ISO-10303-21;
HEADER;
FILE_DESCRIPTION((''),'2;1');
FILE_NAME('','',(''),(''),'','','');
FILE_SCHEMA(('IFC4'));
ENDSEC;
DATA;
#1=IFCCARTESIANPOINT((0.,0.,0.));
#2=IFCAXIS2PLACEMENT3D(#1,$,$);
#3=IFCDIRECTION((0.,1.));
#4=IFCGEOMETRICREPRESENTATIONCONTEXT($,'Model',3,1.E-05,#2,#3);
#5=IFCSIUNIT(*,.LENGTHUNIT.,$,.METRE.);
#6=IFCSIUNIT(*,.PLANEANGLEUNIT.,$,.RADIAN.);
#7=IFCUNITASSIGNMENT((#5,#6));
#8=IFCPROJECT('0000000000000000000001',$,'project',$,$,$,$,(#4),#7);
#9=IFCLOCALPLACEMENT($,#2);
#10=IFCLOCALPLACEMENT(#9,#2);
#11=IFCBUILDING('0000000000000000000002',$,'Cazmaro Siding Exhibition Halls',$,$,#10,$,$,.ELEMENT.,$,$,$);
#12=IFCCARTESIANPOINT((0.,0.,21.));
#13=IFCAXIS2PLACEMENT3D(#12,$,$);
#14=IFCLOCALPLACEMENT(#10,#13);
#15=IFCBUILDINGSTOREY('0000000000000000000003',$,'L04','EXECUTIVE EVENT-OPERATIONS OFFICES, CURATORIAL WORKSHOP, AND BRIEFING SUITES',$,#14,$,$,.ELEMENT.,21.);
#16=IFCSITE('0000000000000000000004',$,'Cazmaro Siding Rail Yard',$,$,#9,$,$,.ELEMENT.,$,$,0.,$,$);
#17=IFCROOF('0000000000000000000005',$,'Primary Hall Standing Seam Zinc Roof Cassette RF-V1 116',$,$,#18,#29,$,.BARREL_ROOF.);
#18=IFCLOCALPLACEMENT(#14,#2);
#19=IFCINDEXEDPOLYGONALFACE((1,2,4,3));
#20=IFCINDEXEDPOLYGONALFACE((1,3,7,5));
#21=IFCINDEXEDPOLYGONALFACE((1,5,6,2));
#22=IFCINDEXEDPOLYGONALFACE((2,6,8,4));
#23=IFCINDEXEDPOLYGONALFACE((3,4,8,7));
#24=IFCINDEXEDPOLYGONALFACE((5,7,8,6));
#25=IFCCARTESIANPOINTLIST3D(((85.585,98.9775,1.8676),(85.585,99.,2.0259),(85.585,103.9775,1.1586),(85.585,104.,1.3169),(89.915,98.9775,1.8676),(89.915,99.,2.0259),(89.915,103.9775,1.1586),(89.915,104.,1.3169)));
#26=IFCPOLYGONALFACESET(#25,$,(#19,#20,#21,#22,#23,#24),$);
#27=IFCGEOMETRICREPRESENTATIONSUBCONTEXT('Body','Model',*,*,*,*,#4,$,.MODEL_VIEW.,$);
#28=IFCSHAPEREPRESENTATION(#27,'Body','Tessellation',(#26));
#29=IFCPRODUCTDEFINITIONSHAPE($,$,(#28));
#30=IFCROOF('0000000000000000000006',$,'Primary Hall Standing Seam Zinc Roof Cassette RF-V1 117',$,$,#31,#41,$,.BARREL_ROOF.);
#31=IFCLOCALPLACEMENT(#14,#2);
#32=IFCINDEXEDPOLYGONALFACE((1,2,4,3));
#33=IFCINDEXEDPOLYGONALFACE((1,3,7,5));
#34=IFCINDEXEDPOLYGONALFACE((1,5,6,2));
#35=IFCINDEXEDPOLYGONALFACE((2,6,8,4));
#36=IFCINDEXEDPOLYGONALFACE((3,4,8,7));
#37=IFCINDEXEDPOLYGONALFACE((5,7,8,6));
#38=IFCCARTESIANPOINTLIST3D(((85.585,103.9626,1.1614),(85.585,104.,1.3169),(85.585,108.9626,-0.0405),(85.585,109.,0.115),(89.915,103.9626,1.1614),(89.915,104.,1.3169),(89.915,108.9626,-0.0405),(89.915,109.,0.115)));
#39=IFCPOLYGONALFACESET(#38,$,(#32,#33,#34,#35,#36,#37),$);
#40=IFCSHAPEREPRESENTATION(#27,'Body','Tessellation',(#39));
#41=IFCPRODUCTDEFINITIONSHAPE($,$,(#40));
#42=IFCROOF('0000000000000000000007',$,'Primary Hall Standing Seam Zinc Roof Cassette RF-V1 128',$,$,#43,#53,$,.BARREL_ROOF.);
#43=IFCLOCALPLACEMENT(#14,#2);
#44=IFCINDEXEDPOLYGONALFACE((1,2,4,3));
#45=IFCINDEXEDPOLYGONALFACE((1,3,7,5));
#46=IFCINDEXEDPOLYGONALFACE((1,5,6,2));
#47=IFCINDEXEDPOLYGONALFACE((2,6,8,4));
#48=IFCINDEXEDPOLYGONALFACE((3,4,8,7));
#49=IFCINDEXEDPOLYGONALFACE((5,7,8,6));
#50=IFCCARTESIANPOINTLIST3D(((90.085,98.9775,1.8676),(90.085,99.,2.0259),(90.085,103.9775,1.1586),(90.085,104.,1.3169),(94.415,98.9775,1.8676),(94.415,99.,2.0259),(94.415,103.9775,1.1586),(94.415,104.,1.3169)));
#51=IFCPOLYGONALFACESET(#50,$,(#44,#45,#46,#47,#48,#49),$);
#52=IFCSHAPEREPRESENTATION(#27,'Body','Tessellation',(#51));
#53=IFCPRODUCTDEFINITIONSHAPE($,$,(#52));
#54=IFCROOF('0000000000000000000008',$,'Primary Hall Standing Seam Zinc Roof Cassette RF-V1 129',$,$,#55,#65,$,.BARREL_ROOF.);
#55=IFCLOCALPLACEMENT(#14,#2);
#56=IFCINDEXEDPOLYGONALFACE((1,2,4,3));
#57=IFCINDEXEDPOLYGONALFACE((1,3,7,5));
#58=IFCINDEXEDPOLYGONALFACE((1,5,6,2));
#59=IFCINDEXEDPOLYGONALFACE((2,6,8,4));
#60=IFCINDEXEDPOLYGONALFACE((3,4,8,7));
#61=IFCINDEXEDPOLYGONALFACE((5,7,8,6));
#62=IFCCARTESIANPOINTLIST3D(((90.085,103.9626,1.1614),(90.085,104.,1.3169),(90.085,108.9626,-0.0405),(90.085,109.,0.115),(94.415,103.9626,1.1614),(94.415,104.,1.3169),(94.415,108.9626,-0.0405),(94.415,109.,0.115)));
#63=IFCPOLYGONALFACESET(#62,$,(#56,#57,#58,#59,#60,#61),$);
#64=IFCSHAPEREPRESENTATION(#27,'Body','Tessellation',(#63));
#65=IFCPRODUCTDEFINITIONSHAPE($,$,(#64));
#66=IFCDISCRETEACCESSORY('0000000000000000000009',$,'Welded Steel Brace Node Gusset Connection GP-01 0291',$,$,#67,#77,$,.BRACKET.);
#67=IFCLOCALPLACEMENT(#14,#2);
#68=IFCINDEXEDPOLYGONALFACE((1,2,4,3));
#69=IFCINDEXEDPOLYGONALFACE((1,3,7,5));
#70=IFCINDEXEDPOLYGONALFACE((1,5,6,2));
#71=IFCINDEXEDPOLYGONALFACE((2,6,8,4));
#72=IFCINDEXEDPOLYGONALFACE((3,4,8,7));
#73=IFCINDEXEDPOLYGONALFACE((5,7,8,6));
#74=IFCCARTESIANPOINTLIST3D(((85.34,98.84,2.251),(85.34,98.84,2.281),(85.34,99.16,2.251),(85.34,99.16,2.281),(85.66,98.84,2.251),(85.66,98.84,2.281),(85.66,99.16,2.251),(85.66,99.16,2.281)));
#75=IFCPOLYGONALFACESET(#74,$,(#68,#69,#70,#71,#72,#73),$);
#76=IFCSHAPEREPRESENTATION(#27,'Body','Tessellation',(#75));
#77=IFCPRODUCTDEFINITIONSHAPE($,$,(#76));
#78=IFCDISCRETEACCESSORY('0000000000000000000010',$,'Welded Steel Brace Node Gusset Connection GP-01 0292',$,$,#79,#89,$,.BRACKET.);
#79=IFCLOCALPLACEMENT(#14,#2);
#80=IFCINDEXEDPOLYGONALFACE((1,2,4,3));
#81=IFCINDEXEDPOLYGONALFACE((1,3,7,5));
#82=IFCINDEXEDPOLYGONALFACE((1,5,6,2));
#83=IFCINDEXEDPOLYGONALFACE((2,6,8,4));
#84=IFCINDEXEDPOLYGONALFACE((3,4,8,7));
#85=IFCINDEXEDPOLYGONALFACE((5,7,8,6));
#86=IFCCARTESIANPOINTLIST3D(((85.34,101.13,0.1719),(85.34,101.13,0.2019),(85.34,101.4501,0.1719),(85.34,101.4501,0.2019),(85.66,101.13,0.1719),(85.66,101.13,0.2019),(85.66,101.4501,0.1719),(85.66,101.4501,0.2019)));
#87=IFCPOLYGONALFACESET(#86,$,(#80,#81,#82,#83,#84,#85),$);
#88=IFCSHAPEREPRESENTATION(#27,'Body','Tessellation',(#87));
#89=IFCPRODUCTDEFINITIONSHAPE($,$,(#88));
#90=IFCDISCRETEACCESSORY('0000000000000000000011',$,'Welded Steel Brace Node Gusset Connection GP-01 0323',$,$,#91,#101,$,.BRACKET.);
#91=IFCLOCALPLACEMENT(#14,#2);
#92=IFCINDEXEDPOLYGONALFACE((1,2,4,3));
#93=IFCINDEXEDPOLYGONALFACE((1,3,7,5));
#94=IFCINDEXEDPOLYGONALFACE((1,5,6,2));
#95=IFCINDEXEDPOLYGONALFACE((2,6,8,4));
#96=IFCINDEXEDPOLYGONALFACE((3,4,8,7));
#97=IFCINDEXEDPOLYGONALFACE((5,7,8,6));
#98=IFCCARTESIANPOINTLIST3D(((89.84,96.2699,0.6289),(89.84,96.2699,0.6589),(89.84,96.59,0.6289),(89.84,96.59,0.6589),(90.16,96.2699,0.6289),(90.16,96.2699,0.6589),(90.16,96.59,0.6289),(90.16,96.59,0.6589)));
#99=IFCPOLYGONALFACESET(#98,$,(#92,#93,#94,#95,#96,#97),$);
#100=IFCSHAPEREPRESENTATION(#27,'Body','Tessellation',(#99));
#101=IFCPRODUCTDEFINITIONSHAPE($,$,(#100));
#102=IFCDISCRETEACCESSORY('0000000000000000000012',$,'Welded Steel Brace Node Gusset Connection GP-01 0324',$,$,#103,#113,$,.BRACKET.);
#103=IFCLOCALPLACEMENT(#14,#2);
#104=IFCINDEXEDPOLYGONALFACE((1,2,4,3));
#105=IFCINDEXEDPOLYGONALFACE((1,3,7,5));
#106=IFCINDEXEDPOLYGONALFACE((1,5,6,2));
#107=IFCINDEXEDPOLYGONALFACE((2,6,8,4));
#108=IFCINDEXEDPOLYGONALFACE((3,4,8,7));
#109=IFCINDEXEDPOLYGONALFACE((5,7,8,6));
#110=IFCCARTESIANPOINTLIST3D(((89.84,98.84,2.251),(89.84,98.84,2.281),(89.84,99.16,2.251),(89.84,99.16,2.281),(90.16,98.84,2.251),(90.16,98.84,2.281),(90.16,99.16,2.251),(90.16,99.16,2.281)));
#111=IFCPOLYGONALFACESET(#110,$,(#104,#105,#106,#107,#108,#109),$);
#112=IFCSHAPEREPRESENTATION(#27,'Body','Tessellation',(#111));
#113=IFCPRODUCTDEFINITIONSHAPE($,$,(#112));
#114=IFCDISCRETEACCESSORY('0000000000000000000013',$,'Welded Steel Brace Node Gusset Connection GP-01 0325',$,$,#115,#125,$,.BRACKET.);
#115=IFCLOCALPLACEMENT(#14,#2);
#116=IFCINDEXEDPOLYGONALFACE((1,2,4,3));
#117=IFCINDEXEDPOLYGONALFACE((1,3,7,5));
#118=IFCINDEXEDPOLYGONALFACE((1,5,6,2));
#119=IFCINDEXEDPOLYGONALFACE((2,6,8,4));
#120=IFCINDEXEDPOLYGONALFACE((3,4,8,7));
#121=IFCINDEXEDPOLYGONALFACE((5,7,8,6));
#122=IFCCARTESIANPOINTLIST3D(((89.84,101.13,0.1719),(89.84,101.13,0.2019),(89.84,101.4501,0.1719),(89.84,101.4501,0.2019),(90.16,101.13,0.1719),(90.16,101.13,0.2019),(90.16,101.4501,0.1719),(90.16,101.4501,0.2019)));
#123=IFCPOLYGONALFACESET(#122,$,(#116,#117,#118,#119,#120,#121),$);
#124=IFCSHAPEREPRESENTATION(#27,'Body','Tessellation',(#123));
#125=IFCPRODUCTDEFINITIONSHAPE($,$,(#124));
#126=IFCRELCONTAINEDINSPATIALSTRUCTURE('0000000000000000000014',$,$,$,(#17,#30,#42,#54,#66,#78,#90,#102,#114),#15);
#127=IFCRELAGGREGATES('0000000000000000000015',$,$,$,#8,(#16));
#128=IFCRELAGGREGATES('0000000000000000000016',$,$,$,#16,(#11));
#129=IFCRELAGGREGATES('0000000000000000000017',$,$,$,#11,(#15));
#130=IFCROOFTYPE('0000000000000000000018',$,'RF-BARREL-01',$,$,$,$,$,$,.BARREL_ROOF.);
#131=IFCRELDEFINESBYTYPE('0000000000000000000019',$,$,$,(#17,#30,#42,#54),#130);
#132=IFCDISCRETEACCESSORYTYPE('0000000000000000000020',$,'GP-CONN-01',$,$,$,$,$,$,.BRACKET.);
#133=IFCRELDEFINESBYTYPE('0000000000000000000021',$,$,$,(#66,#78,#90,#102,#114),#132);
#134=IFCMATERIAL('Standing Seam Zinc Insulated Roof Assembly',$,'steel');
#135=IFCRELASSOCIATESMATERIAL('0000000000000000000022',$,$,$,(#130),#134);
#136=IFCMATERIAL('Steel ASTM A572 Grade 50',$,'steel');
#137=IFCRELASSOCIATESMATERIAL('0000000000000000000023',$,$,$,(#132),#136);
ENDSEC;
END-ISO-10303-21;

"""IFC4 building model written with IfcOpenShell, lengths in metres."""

from ifc_helpers import new_model, si_unit, direction, frame, origin, origin_2d, place, context, subcontext, project, spatial, polyline, rectangle, outline, extrude, material, type_object, element, save


model = new_model("IFC4")

# Units and contexts
model_context = context("Model", 3, precision=1e-05, world=origin(), true_north=direction((0.0, 1.0)))
body_context = subcontext(model_context, "Body", "Model", "MODEL_VIEW")
ifc_project = project(units=[si_unit("LENGTHUNIT", "METRE"), si_unit("PLANEANGLEUNIT", "RADIAN")], contexts=[model_context])

# Site, building, storey
site_placement = place(None, origin())
site = spatial("IfcSite", under=ifc_project, at=site_placement, Name="Cazmaro Siding Rail Yard", CompositionType="ELEMENT", RefElevation=0.0)
building_placement = place(site_placement, origin())
building = spatial("IfcBuilding", under=site, at=building_placement, Name="Cazmaro Siding Exhibition Halls", CompositionType="ELEMENT")
storey_placement = place(building_placement, frame((0.0, 0.0, 21.0)))
storey = spatial("IfcBuildingStorey", under=building, at=storey_placement, Name="L04", Description="EXECUTIVE EVENT-OPERATIONS OFFICES, CURATORIAL WORKSHOP, AND BRIEFING SUITES", CompositionType="ELEMENT", Elevation=21.0)

# Roofs
ifc_material_1 = material(Name="Standing Seam Zinc Insulated Roof Assembly", Category="steel")
roof_type = type_object("IfcRoofType", Name="RF-BARREL-01", PredefinedType="BARREL_ROOF", material=ifc_material_1)
roof_1_placement = place(storey_placement, frame((85.585, 99.0, 2.0259), z_axis=(0.0, 0.140393, 0.990096), x_axis=(1.0, 0.0, 0.0)))
element("IfcRoof", 1, at=roof_1_placement, inside=storey, type_object=roof_type, Name="Primary Hall Standing Seam Zinc Roof Cassette RF-V1 116", PredefinedType="BARREL_ROOF", context=body_context, shape_type="SweptSolid", body=[
    extrude(outline(polyline([(0.0, 0.0), (4.3301, 0.0), (4.3301, 5.05), (0.0, 5.05), (0.0, 0.0)])), origin(), (0.0, 0.0, -1.0), 0.1599),
])
roof_2_placement = place(storey_placement, frame((85.585, 104.0, 1.3169), z_axis=(0.0, 0.233723, 0.972303), x_axis=(1.0, 0.0, 0.0)))
element("IfcRoof", 2, at=roof_2_placement, inside=storey, type_object=roof_type, Name="Primary Hall Standing Seam Zinc Roof Cassette RF-V1 117", PredefinedType="BARREL_ROOF", context=body_context, shape_type="SweptSolid", body=[
    extrude(outline(polyline([(0.0, 0.0), (4.3301, 0.0), (4.3301, 5.1424), (0.0, 5.1424), (0.0, 0.0)])), origin(), (0.0, 0.0, -1.0), 0.1599),
])
roof_3_placement = place(storey_placement, frame((90.085, 99.0, 2.0259), z_axis=(0.0, 0.140393, 0.990096), x_axis=(1.0, 0.0, 0.0)))
element("IfcRoof", 3, at=roof_3_placement, inside=storey, type_object=roof_type, Name="Primary Hall Standing Seam Zinc Roof Cassette RF-V1 128", PredefinedType="BARREL_ROOF", context=body_context, shape_type="SweptSolid", body=[
    extrude(outline(polyline([(0.0, 0.0), (4.3301, 0.0), (4.3301, 5.05), (0.0, 5.05), (0.0, 0.0)])), origin(), (0.0, 0.0, -1.0), 0.1599),
])
roof_4_placement = place(storey_placement, frame((90.085, 104.0, 1.3169), z_axis=(0.0, 0.233723, 0.972303), x_axis=(1.0, 0.0, 0.0)))
element("IfcRoof", 4, at=roof_4_placement, inside=storey, type_object=roof_type, Name="Primary Hall Standing Seam Zinc Roof Cassette RF-V1 129", PredefinedType="BARREL_ROOF", context=body_context, shape_type="SweptSolid", body=[
    extrude(outline(polyline([(0.0, 0.0), (4.3301, 0.0), (4.3301, 5.1424), (0.0, 5.1424), (0.0, 0.0)])), origin(), (0.0, 0.0, -1.0), 0.1599),
])

# Discrete accessories
ifc_material_2 = material(Name="Steel ASTM A572 Grade 50", Category="steel")
discrete_accessory_type = type_object("IfcDiscreteAccessoryType", Name="GP-CONN-01", PredefinedType="BRACKET", material=ifc_material_2)
for number, where, z_axis, x_axis, name in (
    (5, (85.5, 99.0, 2.251), (0.0, 0.0, 1.0), (1.0, 0.0, 0.0), "Welded Steel Brace Node Gusset Connection GP-01 0291"),
    (6, (85.5, 101.29, 0.1719), (0.0, 0.0, 1.0), (1.0, 0.0, 0.0), "Welded Steel Brace Node Gusset Connection GP-01 0292"),
    (7, (90.0, 96.4299, 0.6289), (0.0, 0.0, 1.0), (1.0, 0.0, 0.0), "Welded Steel Brace Node Gusset Connection GP-01 0323"),
    (8, (90.0, 99.0, 2.251), (0.0, 0.0, 1.0), (1.0, 0.0, 0.0), "Welded Steel Brace Node Gusset Connection GP-01 0324"),
    (9, (90.0, 101.29, 0.1719), (0.0, 0.0, 1.0), (1.0, 0.0, 0.0), "Welded Steel Brace Node Gusset Connection GP-01 0325"),
):
    element("IfcDiscreteAccessory", number, at=place(storey_placement, frame(where, z_axis=z_axis, x_axis=x_axis)), inside=storey, type_object=discrete_accessory_type, Name=name, PredefinedType="BRACKET", context=body_context, shape_type="SweptSolid", body=[
        extrude(rectangle(XDim=0.3201, YDim=0.3201, at=origin_2d()), origin(), (0.0, 0.0, 1.0), 0.03),
    ])

save(model, "model.ifc")
